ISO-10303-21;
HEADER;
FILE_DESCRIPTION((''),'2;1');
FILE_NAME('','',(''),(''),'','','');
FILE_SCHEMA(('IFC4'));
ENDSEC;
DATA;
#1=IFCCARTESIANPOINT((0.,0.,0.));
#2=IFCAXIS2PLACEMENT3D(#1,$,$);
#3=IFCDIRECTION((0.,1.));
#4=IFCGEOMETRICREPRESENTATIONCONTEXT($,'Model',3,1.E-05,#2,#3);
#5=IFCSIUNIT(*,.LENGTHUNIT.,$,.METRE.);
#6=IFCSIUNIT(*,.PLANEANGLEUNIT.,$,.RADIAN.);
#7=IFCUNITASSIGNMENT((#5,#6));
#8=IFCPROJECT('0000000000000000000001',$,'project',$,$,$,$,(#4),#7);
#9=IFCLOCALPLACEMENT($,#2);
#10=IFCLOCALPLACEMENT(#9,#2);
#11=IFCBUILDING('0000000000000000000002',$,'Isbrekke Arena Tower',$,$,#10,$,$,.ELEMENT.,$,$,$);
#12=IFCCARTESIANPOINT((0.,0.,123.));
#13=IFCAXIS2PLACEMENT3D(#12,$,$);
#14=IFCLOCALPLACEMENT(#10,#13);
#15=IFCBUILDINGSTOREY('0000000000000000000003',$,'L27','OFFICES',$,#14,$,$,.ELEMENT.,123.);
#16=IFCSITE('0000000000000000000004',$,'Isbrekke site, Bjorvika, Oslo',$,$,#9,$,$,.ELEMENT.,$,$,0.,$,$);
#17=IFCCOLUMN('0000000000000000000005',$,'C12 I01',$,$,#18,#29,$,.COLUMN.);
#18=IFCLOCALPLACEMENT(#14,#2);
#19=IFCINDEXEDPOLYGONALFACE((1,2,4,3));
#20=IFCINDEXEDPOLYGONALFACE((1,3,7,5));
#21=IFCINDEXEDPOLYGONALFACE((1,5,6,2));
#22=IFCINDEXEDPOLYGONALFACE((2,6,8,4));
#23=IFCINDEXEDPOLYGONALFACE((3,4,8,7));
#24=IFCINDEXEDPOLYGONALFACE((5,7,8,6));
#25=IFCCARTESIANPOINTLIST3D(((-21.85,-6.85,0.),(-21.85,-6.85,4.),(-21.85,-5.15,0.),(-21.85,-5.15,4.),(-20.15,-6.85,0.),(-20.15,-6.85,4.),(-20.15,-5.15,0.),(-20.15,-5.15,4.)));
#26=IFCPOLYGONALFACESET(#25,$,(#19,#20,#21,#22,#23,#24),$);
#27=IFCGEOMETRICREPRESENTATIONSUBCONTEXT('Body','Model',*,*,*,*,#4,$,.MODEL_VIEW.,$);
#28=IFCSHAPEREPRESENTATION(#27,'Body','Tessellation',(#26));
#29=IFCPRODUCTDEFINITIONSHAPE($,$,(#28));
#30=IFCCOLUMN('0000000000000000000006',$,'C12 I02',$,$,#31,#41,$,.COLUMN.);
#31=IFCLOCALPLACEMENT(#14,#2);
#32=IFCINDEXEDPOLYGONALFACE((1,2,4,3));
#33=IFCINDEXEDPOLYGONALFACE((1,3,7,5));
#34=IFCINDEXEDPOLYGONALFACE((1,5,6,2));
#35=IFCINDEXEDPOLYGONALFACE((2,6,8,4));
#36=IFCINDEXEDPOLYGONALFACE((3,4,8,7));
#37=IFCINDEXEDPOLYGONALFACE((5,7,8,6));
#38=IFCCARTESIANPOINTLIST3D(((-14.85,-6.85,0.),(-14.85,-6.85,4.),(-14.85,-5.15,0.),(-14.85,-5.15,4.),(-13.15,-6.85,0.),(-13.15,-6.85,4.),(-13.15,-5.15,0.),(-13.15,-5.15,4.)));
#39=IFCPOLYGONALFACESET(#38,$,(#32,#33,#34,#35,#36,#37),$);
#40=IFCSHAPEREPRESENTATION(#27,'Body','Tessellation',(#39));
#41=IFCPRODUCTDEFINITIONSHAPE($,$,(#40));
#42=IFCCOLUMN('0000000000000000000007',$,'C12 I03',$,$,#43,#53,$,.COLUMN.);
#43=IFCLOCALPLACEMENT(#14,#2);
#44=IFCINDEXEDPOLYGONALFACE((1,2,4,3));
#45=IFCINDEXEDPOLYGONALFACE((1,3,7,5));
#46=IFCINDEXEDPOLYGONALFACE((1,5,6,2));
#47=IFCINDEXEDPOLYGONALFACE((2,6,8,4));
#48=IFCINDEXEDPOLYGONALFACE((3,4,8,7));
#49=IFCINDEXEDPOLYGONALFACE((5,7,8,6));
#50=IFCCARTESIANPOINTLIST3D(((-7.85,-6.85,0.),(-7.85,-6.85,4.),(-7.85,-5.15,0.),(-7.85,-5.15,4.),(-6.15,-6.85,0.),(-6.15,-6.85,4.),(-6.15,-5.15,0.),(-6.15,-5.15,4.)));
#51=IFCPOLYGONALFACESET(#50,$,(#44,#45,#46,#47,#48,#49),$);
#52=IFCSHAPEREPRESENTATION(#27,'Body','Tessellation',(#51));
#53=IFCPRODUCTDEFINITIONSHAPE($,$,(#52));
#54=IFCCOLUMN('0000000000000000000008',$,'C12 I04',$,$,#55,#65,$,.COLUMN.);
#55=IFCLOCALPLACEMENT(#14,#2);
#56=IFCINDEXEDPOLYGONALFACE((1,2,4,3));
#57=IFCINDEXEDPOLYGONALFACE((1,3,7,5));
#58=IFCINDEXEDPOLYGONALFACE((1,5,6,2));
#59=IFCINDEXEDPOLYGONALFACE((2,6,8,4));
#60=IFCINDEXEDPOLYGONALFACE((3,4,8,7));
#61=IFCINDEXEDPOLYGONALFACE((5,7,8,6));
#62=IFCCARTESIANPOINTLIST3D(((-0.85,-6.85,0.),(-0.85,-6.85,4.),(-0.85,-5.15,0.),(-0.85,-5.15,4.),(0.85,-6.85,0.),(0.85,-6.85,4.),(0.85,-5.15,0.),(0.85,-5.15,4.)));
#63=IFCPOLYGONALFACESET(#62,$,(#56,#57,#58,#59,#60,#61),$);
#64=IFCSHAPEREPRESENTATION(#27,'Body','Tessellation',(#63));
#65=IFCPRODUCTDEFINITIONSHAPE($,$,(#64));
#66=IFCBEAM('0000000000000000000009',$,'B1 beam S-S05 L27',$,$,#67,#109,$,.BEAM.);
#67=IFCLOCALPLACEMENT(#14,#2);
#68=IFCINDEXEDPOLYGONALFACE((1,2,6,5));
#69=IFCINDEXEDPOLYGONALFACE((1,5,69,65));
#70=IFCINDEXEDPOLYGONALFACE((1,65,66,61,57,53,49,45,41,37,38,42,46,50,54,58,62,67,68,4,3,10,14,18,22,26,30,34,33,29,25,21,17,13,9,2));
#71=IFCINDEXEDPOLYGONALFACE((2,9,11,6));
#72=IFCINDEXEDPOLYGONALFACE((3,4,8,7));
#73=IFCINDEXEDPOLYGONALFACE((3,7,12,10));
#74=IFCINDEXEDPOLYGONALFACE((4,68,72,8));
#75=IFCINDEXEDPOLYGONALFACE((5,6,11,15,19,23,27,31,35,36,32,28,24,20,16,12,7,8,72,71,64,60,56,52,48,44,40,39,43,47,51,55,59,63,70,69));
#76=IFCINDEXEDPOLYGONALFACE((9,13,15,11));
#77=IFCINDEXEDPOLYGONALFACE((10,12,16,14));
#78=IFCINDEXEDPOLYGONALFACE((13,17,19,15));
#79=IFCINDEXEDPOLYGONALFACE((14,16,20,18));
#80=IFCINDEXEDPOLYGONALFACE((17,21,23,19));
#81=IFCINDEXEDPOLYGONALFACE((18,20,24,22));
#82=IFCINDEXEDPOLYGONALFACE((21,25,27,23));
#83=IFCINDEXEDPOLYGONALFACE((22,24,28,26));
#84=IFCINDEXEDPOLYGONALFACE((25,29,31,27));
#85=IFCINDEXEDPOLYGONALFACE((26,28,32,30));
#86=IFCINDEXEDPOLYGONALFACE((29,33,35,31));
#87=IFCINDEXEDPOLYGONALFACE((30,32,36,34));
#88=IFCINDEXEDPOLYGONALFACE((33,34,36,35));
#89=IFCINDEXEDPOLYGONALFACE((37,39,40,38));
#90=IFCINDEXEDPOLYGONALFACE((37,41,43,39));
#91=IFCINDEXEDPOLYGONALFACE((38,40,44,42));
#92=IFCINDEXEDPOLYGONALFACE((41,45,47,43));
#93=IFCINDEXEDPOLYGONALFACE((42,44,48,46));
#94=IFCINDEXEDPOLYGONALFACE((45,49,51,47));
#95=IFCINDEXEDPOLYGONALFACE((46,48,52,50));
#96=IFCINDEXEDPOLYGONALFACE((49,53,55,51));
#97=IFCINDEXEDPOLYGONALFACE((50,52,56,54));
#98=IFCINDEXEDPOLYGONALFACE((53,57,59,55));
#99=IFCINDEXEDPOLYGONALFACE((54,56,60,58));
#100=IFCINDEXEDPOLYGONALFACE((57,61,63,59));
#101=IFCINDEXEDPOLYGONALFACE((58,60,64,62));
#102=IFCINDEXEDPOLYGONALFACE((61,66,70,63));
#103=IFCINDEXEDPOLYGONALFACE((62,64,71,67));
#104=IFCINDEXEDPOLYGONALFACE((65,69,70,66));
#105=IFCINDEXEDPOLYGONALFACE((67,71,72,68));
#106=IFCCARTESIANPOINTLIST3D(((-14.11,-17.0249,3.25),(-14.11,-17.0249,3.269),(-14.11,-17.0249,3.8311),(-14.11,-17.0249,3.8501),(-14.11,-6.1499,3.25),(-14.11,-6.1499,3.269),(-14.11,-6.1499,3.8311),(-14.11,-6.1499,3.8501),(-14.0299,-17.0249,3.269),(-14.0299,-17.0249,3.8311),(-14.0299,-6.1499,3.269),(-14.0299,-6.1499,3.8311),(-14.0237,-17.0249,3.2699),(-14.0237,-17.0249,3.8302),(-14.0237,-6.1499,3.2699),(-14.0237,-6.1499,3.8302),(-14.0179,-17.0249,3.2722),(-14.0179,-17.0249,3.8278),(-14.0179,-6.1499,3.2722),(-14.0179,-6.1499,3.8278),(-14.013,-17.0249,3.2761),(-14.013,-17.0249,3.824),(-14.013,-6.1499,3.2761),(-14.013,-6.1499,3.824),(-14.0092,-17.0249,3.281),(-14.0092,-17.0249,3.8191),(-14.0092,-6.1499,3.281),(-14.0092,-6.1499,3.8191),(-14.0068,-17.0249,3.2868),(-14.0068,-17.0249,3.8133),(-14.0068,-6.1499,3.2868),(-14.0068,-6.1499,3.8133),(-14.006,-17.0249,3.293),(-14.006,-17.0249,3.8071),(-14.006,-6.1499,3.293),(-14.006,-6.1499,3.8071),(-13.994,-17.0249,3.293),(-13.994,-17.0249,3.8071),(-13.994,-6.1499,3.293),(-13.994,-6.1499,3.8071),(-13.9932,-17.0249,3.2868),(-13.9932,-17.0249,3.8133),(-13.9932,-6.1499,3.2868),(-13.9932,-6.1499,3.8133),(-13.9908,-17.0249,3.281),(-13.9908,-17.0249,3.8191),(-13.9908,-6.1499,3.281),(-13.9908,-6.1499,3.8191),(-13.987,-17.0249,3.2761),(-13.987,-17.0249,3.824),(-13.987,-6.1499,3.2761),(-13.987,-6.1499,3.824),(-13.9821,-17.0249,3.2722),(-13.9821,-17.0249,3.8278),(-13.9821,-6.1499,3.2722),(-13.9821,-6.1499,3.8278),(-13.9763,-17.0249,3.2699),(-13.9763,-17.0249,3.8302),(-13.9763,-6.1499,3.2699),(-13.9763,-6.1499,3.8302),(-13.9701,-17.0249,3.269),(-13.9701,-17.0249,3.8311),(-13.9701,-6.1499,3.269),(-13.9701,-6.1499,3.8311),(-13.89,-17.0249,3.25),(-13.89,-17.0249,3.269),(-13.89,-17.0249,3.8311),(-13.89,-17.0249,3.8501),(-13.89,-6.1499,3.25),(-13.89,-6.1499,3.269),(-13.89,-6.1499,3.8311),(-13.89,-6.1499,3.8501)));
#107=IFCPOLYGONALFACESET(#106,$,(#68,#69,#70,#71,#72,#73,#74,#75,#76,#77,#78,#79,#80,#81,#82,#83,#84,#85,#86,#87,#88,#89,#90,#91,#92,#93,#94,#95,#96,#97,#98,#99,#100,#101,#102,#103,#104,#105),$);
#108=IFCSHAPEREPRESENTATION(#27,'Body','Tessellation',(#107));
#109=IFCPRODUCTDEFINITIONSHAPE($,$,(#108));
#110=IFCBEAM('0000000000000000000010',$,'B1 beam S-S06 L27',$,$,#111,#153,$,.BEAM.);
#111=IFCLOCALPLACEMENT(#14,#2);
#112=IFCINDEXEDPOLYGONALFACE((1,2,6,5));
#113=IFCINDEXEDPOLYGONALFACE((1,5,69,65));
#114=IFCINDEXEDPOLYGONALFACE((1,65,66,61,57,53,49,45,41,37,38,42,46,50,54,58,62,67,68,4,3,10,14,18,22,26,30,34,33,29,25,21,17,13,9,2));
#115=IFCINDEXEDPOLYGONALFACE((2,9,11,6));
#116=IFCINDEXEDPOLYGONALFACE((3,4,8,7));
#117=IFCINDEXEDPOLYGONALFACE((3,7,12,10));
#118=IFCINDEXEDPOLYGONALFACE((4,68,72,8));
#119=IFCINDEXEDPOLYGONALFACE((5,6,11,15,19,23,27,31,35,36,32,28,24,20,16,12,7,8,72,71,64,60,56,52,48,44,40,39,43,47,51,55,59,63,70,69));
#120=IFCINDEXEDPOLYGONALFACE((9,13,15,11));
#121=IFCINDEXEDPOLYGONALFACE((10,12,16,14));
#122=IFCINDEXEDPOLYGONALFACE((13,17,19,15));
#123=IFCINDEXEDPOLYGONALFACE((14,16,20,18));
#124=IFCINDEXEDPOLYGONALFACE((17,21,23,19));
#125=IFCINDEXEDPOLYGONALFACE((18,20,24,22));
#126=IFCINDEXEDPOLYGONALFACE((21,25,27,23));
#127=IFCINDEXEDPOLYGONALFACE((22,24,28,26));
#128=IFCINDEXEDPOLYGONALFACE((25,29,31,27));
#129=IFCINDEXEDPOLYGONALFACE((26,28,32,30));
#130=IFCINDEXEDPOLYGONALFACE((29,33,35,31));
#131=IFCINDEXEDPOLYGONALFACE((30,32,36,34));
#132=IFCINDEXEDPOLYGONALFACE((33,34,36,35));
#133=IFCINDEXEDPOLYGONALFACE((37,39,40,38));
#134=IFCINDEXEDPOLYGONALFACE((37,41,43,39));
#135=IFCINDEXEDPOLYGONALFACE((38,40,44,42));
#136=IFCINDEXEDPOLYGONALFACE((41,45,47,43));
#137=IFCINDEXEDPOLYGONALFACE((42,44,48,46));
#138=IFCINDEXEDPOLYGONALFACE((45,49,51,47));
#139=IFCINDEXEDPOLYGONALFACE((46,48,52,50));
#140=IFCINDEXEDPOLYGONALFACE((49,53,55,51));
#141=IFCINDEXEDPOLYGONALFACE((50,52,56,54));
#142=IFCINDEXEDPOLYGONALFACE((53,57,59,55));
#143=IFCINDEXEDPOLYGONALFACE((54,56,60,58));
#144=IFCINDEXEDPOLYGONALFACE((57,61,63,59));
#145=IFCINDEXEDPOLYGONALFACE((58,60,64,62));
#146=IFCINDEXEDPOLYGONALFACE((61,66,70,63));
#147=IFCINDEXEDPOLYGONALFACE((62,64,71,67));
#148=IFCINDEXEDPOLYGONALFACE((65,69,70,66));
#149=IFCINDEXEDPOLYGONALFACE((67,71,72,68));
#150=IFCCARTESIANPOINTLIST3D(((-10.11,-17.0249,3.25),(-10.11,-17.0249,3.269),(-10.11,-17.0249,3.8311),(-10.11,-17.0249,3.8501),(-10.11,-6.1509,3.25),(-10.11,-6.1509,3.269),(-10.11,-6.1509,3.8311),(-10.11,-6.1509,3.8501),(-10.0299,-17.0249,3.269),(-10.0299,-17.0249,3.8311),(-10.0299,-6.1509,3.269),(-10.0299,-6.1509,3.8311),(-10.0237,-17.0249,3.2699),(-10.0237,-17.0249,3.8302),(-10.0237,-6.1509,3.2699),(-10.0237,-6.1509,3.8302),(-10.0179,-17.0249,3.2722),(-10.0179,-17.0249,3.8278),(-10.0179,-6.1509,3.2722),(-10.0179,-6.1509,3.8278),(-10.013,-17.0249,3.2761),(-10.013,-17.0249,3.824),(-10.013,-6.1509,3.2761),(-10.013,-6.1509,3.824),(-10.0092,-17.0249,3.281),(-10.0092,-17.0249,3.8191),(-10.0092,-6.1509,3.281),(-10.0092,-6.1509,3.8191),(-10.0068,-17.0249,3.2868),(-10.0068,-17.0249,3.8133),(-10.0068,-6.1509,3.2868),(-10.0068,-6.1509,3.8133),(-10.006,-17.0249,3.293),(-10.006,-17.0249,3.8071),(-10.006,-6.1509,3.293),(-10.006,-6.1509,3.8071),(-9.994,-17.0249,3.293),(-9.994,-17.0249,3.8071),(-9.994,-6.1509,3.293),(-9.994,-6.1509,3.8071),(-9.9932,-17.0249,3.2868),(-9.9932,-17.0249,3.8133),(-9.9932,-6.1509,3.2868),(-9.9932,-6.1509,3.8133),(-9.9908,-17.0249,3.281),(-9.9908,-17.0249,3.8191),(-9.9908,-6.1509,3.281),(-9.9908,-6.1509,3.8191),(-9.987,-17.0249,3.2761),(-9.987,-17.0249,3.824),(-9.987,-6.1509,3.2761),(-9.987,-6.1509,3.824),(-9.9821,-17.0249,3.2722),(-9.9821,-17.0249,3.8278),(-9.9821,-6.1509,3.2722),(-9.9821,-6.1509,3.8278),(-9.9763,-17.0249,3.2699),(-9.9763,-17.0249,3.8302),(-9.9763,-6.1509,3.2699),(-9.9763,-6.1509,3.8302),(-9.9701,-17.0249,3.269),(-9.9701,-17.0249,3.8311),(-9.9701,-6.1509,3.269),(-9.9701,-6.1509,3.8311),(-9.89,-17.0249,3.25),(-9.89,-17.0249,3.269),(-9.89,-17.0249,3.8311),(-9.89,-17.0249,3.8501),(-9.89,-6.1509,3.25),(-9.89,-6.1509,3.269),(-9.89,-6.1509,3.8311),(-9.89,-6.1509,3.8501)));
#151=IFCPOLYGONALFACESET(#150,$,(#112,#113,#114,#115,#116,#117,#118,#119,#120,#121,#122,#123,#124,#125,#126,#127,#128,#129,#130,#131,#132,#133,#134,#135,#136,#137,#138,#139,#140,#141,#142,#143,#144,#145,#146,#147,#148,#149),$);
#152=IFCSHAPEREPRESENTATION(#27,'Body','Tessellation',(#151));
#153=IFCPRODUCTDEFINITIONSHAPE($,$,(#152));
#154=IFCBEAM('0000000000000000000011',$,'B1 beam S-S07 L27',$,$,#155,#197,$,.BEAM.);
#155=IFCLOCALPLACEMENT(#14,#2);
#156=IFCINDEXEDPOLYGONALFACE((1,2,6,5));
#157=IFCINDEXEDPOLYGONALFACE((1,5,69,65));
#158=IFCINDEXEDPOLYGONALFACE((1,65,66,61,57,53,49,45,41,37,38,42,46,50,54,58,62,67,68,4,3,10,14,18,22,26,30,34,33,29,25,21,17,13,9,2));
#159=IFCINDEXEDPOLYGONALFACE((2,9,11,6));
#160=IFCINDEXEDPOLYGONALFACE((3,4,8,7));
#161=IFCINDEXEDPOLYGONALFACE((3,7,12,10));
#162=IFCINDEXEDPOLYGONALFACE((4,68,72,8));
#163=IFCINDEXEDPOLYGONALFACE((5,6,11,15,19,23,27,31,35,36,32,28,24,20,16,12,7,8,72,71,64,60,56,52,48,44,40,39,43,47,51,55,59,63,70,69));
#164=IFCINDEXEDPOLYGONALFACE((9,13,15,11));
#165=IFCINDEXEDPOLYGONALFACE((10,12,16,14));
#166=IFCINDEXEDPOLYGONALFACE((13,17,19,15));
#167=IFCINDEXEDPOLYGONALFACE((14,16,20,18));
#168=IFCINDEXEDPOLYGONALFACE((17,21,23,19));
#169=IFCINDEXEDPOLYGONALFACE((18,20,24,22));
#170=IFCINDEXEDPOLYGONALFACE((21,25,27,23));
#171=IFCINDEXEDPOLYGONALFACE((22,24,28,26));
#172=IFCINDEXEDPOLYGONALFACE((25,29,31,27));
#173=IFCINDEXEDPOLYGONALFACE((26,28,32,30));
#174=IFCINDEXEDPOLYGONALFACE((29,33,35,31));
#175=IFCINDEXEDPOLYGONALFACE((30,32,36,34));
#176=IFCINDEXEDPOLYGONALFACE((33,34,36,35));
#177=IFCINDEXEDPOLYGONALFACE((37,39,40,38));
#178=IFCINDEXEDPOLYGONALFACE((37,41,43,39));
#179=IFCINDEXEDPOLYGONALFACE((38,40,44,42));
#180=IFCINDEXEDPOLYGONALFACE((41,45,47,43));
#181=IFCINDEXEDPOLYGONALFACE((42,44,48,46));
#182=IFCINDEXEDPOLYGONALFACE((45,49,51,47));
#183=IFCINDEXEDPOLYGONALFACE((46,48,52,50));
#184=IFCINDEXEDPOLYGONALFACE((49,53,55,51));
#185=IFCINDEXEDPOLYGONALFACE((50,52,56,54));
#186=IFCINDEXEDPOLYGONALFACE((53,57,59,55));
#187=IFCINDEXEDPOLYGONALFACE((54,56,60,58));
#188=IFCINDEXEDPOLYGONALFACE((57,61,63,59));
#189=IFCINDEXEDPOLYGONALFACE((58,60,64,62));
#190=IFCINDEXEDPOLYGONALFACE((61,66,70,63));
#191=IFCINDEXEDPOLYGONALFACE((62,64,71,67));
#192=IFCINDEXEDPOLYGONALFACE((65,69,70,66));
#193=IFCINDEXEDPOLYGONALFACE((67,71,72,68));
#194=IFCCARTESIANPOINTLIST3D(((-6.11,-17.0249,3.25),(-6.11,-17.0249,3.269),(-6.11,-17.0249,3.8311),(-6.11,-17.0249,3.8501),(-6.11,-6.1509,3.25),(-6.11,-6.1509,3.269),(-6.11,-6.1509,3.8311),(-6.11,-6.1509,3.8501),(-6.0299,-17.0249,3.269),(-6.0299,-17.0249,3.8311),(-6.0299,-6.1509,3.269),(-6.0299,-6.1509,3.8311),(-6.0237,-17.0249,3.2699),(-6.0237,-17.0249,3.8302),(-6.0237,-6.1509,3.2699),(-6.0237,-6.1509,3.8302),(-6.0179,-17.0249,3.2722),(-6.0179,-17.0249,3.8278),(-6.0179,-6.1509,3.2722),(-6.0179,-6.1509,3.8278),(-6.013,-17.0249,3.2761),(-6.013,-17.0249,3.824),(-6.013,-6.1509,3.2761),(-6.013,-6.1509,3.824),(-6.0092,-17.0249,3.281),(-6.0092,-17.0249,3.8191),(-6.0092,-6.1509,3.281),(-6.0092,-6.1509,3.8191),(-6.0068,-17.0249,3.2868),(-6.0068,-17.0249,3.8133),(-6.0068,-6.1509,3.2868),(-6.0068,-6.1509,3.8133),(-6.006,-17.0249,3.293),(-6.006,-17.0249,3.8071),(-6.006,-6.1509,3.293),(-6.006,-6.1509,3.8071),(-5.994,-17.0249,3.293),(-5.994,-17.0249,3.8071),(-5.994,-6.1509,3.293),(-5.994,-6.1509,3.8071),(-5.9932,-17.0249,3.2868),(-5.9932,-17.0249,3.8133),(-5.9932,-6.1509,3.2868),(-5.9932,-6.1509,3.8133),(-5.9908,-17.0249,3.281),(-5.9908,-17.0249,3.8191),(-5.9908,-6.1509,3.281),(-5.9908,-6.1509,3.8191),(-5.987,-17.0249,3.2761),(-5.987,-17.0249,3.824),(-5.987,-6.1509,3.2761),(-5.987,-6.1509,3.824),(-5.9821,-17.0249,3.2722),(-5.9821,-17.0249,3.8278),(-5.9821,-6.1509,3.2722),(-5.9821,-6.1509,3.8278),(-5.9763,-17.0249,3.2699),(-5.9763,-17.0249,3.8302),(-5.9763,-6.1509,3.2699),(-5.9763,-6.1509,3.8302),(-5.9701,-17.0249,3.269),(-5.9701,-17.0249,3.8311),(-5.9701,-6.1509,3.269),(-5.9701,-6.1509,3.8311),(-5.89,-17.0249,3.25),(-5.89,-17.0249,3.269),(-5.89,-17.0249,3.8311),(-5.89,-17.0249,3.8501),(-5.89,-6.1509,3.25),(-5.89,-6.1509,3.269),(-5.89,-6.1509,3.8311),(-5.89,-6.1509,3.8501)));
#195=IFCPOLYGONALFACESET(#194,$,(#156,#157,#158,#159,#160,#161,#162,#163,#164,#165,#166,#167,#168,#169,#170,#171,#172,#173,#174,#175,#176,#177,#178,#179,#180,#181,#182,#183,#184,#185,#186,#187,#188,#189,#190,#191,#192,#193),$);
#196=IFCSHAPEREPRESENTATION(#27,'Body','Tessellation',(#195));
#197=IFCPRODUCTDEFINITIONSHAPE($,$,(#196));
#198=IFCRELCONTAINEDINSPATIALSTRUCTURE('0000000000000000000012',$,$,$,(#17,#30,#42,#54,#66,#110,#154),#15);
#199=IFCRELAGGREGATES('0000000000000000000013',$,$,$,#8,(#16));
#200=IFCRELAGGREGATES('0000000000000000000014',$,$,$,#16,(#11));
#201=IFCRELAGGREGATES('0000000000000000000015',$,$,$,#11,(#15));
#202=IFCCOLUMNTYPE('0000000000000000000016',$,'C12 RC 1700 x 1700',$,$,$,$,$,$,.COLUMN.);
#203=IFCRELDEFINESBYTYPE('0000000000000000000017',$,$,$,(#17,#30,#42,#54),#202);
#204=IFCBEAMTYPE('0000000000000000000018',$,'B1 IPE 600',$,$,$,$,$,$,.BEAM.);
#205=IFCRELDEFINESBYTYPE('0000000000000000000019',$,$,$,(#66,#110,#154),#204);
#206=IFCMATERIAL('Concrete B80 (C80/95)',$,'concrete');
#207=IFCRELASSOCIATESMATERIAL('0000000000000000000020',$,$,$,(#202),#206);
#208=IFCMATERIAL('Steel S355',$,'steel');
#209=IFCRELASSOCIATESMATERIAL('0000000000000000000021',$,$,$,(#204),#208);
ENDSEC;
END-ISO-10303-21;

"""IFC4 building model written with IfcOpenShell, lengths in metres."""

from ifc_helpers import new_model, si_unit, direction, frame, origin, origin_2d, place, context, subcontext, project, spatial, rectangle, i_section, extrude, material, material_profile, profile_set, type_object, element, save


model = new_model("IFC4")

# Units and contexts
model_context = context("Model", 3, precision=1e-05, world=origin(), true_north=direction((0.0, 1.0)))
body_context = subcontext(model_context, "Body", "Model", "MODEL_VIEW")
ifc_project = project(units=[si_unit("LENGTHUNIT", "METRE"), si_unit("PLANEANGLEUNIT", "RADIAN")], contexts=[model_context])

# Site, building, storey
site_placement = place(None, origin())
site = spatial("IfcSite", under=ifc_project, at=site_placement, Name="Isbrekke site, Bjorvika, Oslo", CompositionType="ELEMENT", RefElevation=0.0)
building_placement = place(site_placement, origin())
building = spatial("IfcBuilding", under=site, at=building_placement, Name="Isbrekke Arena Tower", CompositionType="ELEMENT")
storey_placement = place(building_placement, frame((0.0, 0.0, 123.0)))
storey = spatial("IfcBuildingStorey", under=building, at=storey_placement, Name="L27", Description="OFFICES", CompositionType="ELEMENT", Elevation=123.0)

# Columns
ifc_material_1 = material(Name="Concrete B80 (C80/95)", Category="concrete")
ifc_material_profile_1 = material_profile(ifc_material_1, rectangle(XDim=1.7, YDim=1.7, at=origin_2d()), Name="RC 1700x1700")
ifc_profile_set_1 = profile_set([ifc_material_profile_1], Name="Concrete B80 (C80/95)")
column_type = type_object("IfcColumnType", Name="C12 RC 1700 x 1700", PredefinedType="COLUMN", material=ifc_profile_set_1)
for number, where, z_axis, x_axis, name in (
    (1, (-21.0, -6.0, 0.0), (0.0, 0.0, 1.0), (1.0, 0.0, 0.0), "C12 I01"),
    (2, (-14.0, -6.0, 0.0), (0.0, 0.0, 1.0), (1.0, 0.0, 0.0), "C12 I02"),
    (3, (-7.0, -6.0, 0.0), (0.0, 0.0, 1.0), (1.0, 0.0, 0.0), "C12 I03"),
    (4, (0.0, -6.0, 0.0), (0.0, 0.0, 1.0), (1.0, 0.0, 0.0), "C12 I04"),
):
    element("IfcColumn", number, at=place(storey_placement, frame(where, z_axis=z_axis, x_axis=x_axis)), inside=storey, type_object=column_type, Name=name, PredefinedType="COLUMN", context=body_context, shape_type="SweptSolid", body=[
        extrude(rectangle(XDim=1.7, YDim=1.7, at=origin_2d()), origin(), (0.0, 0.0, 1.0), 4.0),
    ])

# Beams
ifc_material_2 = material(Name="Steel S355", Category="steel")
ifc_material_profile_2 = material_profile(ifc_material_2, i_section(OverallWidth=0.22, OverallDepth=0.6001, WebThickness=0.012, FlangeThickness=0.019, FilletRadius=0.0239, at=origin_2d()), Name="IPE 600")
ifc_profile_set_2 = profile_set([ifc_material_profile_2], Name="Steel S355")
beam_type_1 = type_object("IfcBeamType", Name="B1 IPE 600", PredefinedType="BEAM", material=ifc_profile_set_2)
beam_1_placement = place(storey_placement, frame((-14.0, -17.0249, 3.55), z_axis=(0.0, 1.0, 0.0), x_axis=(-1.0, 0.0, 0.0)))
element("IfcBeam", 5, at=beam_1_placement, inside=storey, type_object=beam_type_1, Name="B1 beam S-S05 L27", PredefinedType="BEAM", context=body_context, shape_type="SweptSolid", body=[
    extrude(i_section(OverallWidth=0.22, OverallDepth=0.6001, WebThickness=0.012, FlangeThickness=0.019, FilletRadius=0.0239, at=origin_2d()), origin(), (0.0, 0.0, 1.0), 10.875),
])
for number, where, z_axis, x_axis, name in (
    (6, (-10.0, -17.0249, 3.55), (0.0, 1.0, 0.0), (-1.0, 0.0, 0.0), "B1 beam S-S06 L27"),
    (7, (-6.0, -17.0249, 3.55), (0.0, 1.0, 0.0), (-1.0, 0.0, 0.0), "B1 beam S-S07 L27"),
):
    element("IfcBeam", number, at=place(storey_placement, frame(where, z_axis=z_axis, x_axis=x_axis)), inside=storey, type_object=beam_type_1, Name=name, PredefinedType="BEAM", context=body_context, shape_type="SweptSolid", body=[
        extrude(i_section(OverallWidth=0.22, OverallDepth=0.6001, WebThickness=0.012, FlangeThickness=0.019, FilletRadius=0.0239, at=origin_2d()), origin(), (0.0, 0.0, 1.0), 10.874),
    ])

save(model, "model.ifc")
